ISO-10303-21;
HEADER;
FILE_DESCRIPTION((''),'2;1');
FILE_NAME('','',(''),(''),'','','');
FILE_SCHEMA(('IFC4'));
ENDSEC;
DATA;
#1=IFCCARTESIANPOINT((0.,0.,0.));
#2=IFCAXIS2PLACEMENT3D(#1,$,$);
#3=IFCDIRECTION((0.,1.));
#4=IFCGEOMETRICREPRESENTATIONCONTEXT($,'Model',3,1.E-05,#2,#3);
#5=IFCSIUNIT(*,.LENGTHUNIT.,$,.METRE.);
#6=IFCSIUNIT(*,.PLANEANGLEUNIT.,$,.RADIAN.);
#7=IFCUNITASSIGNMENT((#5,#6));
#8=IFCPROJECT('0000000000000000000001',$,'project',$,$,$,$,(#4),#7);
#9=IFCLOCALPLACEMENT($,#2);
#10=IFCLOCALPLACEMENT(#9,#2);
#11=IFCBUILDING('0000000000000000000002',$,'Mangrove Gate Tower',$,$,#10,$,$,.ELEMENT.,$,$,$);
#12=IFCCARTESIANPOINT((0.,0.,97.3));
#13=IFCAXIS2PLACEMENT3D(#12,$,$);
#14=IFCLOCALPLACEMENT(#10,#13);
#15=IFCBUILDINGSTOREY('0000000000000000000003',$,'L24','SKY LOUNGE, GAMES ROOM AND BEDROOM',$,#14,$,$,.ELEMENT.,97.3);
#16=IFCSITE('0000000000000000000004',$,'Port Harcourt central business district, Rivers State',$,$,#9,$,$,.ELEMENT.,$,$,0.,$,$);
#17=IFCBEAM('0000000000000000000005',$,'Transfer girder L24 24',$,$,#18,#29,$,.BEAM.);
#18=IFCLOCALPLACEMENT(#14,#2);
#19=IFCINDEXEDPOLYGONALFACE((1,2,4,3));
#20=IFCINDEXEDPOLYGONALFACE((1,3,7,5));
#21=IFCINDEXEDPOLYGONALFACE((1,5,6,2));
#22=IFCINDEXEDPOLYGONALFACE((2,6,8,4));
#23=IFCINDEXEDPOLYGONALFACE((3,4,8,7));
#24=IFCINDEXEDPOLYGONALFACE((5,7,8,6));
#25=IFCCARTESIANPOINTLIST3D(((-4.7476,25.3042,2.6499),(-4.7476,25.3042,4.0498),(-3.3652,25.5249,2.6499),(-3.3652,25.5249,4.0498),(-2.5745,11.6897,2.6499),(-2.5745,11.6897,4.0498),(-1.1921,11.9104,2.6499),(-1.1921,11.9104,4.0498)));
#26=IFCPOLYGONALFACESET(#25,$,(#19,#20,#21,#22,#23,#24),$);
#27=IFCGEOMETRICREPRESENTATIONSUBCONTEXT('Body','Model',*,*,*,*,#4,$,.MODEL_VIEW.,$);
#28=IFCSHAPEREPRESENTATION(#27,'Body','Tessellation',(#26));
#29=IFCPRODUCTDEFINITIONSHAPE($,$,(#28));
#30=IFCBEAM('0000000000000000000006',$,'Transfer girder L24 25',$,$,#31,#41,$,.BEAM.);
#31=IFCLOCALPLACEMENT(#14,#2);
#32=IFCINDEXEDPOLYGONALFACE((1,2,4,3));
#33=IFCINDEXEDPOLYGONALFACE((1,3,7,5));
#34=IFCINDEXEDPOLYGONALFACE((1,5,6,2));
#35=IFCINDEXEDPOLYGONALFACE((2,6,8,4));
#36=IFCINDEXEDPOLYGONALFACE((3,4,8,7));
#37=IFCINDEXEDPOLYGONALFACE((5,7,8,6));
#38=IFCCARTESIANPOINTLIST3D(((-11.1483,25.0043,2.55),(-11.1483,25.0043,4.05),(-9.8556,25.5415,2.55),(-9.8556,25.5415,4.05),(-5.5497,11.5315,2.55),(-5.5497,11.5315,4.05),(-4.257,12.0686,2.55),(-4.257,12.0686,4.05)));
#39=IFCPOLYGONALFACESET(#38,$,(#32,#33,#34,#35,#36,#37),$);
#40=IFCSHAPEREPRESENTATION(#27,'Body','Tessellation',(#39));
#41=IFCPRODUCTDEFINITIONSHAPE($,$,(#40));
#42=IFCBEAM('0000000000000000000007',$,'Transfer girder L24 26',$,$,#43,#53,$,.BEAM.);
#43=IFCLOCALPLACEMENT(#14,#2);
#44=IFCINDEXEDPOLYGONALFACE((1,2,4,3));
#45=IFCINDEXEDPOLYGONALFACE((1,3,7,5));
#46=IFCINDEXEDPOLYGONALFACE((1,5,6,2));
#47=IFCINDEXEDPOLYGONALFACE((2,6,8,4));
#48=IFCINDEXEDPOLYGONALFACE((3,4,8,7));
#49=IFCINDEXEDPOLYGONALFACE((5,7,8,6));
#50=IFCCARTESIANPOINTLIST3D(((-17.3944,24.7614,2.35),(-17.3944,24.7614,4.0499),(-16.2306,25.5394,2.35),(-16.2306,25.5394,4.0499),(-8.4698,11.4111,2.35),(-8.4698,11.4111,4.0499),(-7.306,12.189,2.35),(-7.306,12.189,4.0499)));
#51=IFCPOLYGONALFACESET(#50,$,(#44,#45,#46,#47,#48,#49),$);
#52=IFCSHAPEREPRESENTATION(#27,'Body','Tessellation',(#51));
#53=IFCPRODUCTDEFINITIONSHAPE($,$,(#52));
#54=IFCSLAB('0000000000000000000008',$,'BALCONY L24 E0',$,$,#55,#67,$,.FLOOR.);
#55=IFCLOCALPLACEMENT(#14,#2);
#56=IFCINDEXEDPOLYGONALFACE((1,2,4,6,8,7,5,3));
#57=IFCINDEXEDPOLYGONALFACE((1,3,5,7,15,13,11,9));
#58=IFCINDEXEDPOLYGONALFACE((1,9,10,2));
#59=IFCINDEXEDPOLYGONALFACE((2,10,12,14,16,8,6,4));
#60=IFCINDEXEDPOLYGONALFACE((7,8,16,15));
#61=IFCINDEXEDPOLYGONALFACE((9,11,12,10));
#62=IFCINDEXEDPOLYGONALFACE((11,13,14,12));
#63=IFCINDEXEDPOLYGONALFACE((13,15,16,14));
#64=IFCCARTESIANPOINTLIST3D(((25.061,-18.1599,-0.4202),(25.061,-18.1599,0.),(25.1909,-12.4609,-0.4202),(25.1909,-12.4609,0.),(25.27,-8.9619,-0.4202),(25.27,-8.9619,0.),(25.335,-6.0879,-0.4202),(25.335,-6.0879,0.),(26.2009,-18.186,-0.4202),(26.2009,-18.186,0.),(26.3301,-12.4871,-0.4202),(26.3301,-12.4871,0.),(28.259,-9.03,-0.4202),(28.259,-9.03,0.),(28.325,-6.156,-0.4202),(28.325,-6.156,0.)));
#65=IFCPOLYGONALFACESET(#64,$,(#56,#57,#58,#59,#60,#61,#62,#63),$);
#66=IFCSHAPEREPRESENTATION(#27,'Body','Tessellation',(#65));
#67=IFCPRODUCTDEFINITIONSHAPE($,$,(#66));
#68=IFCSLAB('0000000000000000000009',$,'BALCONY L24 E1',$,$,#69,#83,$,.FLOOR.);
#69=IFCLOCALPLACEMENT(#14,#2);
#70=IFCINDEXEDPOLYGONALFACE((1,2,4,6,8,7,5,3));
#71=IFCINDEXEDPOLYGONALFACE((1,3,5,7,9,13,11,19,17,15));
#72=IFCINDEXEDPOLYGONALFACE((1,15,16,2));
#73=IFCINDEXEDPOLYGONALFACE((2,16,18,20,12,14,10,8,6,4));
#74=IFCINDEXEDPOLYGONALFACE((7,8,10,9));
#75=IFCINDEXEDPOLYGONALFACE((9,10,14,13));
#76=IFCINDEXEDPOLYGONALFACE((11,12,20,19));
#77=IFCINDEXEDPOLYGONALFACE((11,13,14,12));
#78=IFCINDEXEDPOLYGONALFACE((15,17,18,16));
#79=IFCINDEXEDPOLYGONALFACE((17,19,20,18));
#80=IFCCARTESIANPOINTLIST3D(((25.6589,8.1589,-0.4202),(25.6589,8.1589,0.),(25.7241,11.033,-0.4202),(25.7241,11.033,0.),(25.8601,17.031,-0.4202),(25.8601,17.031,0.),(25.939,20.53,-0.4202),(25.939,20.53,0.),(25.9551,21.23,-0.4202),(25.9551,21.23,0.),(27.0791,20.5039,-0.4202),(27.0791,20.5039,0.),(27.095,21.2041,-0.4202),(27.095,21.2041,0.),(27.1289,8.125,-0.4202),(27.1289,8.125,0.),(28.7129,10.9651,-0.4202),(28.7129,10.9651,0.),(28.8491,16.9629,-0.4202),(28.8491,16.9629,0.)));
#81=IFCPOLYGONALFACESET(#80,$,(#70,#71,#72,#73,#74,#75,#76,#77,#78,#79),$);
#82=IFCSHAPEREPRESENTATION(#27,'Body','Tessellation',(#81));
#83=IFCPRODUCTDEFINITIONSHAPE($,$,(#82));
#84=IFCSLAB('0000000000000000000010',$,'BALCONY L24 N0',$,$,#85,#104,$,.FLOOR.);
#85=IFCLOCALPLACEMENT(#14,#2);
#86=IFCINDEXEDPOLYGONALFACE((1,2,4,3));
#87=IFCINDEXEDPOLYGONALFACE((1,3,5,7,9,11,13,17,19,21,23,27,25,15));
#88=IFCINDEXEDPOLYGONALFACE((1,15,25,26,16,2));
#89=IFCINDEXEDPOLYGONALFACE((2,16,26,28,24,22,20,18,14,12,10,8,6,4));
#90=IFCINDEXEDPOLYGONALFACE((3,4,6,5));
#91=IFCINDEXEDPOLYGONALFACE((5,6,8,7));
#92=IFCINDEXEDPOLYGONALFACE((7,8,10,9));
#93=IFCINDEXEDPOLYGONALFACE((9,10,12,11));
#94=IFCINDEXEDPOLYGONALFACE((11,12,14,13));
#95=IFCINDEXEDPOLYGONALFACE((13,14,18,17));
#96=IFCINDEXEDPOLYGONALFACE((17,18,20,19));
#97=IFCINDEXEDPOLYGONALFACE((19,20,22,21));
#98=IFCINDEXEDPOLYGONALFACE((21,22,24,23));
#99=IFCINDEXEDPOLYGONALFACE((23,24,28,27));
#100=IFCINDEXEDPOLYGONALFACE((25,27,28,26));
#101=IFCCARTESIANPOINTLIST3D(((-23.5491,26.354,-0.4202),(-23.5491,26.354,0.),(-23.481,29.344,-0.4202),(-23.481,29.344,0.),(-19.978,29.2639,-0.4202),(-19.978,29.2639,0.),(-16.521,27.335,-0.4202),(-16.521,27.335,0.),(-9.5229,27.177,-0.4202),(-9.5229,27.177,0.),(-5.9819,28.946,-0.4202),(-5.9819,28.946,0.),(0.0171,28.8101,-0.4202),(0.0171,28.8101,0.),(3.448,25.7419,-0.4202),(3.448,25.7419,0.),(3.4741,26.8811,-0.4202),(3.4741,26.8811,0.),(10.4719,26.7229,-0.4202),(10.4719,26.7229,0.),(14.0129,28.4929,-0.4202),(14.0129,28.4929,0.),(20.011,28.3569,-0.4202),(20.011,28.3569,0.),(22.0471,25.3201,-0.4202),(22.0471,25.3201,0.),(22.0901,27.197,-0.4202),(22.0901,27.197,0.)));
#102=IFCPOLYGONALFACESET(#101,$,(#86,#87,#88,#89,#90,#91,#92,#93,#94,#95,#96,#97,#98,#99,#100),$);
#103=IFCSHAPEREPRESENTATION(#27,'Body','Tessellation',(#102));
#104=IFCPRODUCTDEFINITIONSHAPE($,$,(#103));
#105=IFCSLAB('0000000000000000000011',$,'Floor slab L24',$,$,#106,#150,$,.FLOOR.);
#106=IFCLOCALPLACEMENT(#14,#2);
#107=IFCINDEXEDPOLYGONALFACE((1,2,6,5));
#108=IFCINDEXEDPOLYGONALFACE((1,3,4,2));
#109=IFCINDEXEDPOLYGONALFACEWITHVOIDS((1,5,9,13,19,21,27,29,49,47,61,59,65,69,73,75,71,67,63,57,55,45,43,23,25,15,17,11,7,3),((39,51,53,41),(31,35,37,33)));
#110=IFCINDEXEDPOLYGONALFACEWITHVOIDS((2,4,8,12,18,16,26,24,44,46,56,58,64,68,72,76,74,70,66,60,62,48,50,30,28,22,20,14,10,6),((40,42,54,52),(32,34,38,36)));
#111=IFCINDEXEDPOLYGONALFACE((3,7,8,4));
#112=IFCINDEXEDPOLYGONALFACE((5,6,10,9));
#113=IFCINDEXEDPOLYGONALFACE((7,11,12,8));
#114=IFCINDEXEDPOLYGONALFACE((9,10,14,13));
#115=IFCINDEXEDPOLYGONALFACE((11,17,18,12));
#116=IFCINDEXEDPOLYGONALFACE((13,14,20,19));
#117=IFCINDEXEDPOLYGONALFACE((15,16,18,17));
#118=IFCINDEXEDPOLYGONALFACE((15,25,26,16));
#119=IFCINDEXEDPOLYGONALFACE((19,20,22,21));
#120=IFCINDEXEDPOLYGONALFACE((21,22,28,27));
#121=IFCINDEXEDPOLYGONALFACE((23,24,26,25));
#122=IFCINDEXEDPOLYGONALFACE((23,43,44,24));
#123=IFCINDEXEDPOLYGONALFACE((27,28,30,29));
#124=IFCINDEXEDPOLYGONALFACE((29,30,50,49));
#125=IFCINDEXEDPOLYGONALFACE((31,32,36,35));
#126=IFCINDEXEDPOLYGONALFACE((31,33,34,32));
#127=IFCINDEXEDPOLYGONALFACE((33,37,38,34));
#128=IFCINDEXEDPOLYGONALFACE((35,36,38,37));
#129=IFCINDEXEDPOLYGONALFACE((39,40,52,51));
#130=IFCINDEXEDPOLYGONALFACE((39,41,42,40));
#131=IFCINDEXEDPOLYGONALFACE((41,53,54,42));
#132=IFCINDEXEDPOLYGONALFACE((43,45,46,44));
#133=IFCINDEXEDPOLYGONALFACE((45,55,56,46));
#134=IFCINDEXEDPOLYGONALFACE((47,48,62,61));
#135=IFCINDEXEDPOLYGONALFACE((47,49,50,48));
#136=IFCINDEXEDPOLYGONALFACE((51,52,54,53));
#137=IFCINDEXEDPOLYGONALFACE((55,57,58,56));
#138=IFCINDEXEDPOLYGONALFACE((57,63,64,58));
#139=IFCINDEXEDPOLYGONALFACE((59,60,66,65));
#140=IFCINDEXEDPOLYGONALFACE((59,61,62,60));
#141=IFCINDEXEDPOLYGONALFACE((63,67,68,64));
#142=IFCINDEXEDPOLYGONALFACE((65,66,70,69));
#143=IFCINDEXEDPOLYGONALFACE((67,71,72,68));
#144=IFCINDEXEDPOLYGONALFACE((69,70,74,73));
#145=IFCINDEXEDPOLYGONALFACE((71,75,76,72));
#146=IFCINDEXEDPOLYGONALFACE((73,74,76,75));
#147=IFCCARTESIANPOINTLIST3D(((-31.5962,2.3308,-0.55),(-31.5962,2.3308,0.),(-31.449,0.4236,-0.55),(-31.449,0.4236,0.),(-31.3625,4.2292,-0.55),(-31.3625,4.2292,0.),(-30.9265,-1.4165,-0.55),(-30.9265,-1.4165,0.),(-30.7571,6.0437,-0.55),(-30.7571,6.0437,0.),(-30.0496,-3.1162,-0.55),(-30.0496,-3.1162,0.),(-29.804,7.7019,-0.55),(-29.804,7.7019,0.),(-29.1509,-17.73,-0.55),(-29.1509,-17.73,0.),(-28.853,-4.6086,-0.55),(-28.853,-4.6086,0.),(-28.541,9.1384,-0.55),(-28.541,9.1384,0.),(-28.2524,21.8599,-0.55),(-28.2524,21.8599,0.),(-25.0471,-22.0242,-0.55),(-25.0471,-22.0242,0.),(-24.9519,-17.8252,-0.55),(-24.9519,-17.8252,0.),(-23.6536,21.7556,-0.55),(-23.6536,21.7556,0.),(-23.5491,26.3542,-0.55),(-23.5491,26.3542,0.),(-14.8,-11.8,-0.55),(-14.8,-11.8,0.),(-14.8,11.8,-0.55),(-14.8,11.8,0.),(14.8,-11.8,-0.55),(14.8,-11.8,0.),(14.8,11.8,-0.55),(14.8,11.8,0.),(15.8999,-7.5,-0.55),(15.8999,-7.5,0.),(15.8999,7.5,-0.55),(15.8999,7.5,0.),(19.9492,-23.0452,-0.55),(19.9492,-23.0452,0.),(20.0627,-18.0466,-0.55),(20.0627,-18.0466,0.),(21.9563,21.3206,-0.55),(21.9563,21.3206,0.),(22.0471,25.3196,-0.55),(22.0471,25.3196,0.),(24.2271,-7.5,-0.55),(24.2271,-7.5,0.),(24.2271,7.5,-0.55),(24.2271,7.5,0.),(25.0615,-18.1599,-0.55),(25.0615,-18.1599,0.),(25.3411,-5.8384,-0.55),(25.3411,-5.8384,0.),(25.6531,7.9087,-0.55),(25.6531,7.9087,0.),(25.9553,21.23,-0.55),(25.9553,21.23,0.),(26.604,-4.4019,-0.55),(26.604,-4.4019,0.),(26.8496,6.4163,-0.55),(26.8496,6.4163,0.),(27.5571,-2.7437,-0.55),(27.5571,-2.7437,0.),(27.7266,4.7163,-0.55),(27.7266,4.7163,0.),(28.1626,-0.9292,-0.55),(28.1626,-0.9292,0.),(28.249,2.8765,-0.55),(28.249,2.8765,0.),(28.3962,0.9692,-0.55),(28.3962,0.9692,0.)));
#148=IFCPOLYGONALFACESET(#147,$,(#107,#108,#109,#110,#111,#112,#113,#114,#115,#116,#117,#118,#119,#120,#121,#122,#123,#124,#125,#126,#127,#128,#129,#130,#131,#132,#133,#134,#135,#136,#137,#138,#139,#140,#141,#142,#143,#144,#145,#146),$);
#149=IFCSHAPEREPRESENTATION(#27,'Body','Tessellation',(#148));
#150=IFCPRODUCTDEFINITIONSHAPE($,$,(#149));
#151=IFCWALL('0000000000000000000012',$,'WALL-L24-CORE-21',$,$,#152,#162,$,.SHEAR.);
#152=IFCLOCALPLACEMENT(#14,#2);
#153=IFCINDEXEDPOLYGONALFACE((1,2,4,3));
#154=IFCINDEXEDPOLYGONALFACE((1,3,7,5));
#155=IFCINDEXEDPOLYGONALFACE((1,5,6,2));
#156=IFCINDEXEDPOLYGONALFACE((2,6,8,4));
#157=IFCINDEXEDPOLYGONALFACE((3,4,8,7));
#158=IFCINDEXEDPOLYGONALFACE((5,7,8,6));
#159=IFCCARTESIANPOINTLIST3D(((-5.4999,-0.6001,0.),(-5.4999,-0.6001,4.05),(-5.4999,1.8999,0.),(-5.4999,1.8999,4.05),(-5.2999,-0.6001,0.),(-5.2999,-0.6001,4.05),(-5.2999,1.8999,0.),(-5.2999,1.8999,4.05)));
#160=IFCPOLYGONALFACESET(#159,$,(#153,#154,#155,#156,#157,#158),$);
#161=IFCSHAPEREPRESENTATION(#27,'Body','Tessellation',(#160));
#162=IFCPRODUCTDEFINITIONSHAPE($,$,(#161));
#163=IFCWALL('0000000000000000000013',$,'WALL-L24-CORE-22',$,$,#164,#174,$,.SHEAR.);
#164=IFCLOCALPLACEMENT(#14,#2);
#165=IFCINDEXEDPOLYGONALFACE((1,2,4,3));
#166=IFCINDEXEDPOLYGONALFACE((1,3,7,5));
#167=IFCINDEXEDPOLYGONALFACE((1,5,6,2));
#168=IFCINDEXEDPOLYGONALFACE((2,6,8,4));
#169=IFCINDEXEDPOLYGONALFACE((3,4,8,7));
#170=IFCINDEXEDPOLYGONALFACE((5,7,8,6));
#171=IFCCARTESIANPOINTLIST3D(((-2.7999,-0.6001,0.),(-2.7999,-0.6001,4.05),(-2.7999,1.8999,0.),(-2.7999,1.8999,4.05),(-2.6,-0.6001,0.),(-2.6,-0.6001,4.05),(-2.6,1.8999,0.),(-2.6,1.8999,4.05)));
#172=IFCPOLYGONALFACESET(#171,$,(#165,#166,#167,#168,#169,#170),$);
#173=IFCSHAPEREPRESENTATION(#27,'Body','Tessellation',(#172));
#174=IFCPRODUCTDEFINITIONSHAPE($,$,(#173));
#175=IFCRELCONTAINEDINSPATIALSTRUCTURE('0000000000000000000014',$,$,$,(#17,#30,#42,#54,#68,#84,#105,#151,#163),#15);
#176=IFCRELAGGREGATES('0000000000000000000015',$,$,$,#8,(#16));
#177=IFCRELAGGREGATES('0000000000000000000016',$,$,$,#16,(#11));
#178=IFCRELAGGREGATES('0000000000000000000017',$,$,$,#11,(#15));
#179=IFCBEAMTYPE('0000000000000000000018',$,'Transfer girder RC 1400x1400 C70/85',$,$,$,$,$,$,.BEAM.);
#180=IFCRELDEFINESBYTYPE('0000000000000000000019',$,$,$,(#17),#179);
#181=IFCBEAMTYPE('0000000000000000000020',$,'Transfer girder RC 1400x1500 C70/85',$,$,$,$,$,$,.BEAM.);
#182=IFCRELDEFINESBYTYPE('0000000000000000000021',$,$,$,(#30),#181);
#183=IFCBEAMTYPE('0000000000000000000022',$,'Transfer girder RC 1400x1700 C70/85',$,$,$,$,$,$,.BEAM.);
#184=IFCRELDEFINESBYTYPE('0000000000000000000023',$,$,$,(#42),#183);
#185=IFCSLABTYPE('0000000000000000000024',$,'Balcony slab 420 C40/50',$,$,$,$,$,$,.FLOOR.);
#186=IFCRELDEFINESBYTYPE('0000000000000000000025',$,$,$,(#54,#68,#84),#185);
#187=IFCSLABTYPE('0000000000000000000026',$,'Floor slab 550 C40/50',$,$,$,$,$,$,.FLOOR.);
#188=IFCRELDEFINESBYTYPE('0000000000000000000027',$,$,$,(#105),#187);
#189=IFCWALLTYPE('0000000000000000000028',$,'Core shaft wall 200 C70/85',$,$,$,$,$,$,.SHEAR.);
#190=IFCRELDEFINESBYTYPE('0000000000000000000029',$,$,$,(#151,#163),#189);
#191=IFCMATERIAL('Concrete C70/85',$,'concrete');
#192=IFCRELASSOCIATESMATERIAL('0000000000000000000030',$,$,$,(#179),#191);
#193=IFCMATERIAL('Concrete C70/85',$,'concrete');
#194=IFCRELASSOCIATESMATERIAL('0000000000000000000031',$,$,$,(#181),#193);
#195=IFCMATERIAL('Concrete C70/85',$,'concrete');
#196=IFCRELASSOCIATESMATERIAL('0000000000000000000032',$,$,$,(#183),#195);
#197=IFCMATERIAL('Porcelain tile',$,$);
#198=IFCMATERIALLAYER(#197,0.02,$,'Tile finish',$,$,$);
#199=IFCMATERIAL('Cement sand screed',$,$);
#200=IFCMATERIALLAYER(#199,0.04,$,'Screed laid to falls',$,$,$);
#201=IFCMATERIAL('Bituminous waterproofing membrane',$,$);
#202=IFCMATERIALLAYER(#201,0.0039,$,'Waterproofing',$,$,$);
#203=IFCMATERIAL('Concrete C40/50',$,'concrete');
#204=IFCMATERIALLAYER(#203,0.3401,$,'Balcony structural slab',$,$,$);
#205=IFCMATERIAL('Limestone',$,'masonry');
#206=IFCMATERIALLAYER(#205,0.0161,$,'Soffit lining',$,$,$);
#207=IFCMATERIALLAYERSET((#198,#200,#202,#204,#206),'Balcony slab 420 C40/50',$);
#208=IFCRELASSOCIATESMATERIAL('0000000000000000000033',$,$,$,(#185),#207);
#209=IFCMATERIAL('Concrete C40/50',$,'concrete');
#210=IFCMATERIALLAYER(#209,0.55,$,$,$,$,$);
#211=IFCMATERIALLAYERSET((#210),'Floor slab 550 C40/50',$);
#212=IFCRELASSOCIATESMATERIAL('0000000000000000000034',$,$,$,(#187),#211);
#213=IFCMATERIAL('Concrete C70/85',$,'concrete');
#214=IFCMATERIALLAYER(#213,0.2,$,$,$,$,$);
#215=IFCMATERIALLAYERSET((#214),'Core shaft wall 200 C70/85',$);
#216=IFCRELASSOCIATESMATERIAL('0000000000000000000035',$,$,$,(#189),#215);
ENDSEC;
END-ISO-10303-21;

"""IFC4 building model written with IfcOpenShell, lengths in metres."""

from ifc_helpers import new_model, si_unit, direction, frame, frame_2d, origin, origin_2d, place, context, subcontext, project, spatial, polyline, rectangle, outline, extrude, material, layer, layer_set, material_profile, profile_set, type_object, element, save


model = new_model("IFC4")

# Units and contexts
model_context = context("Model", 3, precision=1e-05, world=origin(), true_north=direction((0.0, 1.0)))
body_context = subcontext(model_context, "Body", "Model", "MODEL_VIEW")
ifc_project = project(units=[si_unit("LENGTHUNIT", "METRE"), si_unit("PLANEANGLEUNIT", "RADIAN")], contexts=[model_context])

# Site, building, storey
site_placement = place(None, origin())
site = spatial("IfcSite", under=ifc_project, at=site_placement, Name="Port Harcourt central business district, Rivers State", CompositionType="ELEMENT", RefElevation=0.0)
building_placement = place(site_placement, origin())
building = spatial("IfcBuilding", under=site, at=building_placement, Name="Mangrove Gate Tower", CompositionType="ELEMENT")
storey_placement = place(building_placement, frame((0.0, 0.0, 97.3)))
storey = spatial("IfcBuildingStorey", under=building, at=storey_placement, Name="L24", Description="SKY LOUNGE, GAMES ROOM AND BEDROOM", CompositionType="ELEMENT", Elevation=97.3)

# Beams
ifc_material_1 = material(Name="Concrete C70/85", Category="concrete")
ifc_material_profile_1 = material_profile(ifc_material_1, rectangle(XDim=1.3999, YDim=1.3999, at=origin_2d()))
ifc_profile_set_1 = profile_set([ifc_material_profile_1], Name="Concrete C70/85")
beam_type_1 = type_object("IfcBeamType", Name="Transfer girder RC 1400x1400 C70/85", PredefinedType="BEAM", material=ifc_profile_set_1)
beam_1_placement = place(storey_placement, frame((-1.8833, 11.8, 3.3499), z_axis=(-0.157621, 0.9875, 0.0), x_axis=(-0.9875, -0.157621, 0.0)))
element("IfcBeam", 1, at=beam_1_placement, inside=storey, type_object=beam_type_1, Name="Transfer girder L24 24", PredefinedType="BEAM", context=body_context, shape_type="SweptSolid", body=[
    extrude(rectangle(XDim=1.3999, YDim=1.3999, at=origin_2d()), origin(), (0.0, 0.0, 1.0), 13.7869),
])
ifc_material_2 = material(Name="Concrete C70/85", Category="concrete")
ifc_material_profile_2 = material_profile(ifc_material_2, rectangle(XDim=1.3999, YDim=1.5, at=origin_2d()))
ifc_profile_set_2 = profile_set([ifc_material_profile_2], Name="Concrete C70/85")
beam_type_2 = type_object("IfcBeamType", Name="Transfer girder RC 1400x1500 C70/85", PredefinedType="BEAM", material=ifc_profile_set_2)
beam_2_placement = place(storey_placement, frame((-4.9033, 11.8, 3.3), z_axis=(-0.383735, 0.923443, 0.0), x_axis=(-0.923443, -0.383735, 0.0)))
element("IfcBeam", 2, at=beam_2_placement, inside=storey, type_object=beam_type_2, Name="Transfer girder L24 25", PredefinedType="BEAM", context=body_context, shape_type="SweptSolid", body=[
    extrude(rectangle(XDim=1.3999, YDim=1.5, at=origin_2d()), origin(), (0.0, 0.0, 1.0), 14.5898),
])
ifc_material_3 = material(Name="Concrete C70/85", Category="concrete")
ifc_material_profile_3 = material_profile(ifc_material_3, rectangle(XDim=1.3999, YDim=1.7, at=origin_2d()))
ifc_profile_set_3 = profile_set([ifc_material_profile_3], Name="Concrete C70/85")
beam_type_3 = type_object("IfcBeamType", Name="Transfer girder RC 1400x1700 C70/85", PredefinedType="BEAM", material=ifc_profile_set_3)
beam_3_placement = place(storey_placement, frame((-7.8879, 11.8, 3.2), z_axis=(-0.555749, 0.83135, 0.0), x_axis=(-0.83135, -0.555749, 0.0)))
element("IfcBeam", 3, at=beam_3_placement, inside=storey, type_object=beam_type_3, Name="Transfer girder L24 26", PredefinedType="BEAM", context=body_context, shape_type="SweptSolid", body=[
    extrude(rectangle(XDim=1.3999, YDim=1.7, at=origin_2d()), origin(), (0.0, 0.0, 1.0), 16.0586),
])

# Slabs
ifc_material_4 = material(Name="Porcelain tile")
ifc_layer_1 = layer(ifc_material_4, 0.02, Name="Tile finish")
ifc_material_5 = material(Name="Cement sand screed")
ifc_layer_2 = layer(ifc_material_5, 0.04, Name="Screed laid to falls")
ifc_material_6 = material(Name="Bituminous waterproofing membrane")
ifc_layer_3 = layer(ifc_material_6, 0.0039, Name="Waterproofing")
ifc_material_7 = material(Name="Concrete C40/50", Category="concrete")
ifc_layer_4 = layer(ifc_material_7, 0.3401, Name="Balcony structural slab")
ifc_material_8 = material(Name="Limestone", Category="masonry")
ifc_layer_5 = layer(ifc_material_8, 0.0161, Name="Soffit lining")
ifc_layer_set_1 = layer_set([ifc_layer_1, ifc_layer_2, ifc_layer_3, ifc_layer_4, ifc_layer_5], Name="Balcony slab 420 C40/50")
slab_type_1 = type_object("IfcSlabType", Name="Balcony slab 420 C40/50", PredefinedType="FLOOR", material=ifc_layer_set_1)
slab_1_placement = place(storey_placement, frame((0.0, 0.0, -0.4202)))
element("IfcSlab", 4, at=slab_1_placement, inside=storey, type_object=slab_type_1, Name="BALCONY L24 E0", PredefinedType="FLOOR", context=body_context, shape_type="SweptSolid", body=[
    extrude(outline(polyline([(26.2009, -18.186), (26.3301, -12.4871), (28.259, -9.03), (28.325, -6.156), (25.335, -6.0879), (25.27, -8.9619), (25.1909, -12.4609), (25.061, -18.1599), (26.2009, -18.186)])), origin(), (0.0, 0.0, 1.0), 0.4202),
])
slab_2_placement = place(storey_placement, frame((0.0, 0.0, -0.4202)))
element("IfcSlab", 5, at=slab_2_placement, inside=storey, type_object=slab_type_1, Name="BALCONY L24 E1", PredefinedType="FLOOR", context=body_context, shape_type="SweptSolid", body=[
    extrude(outline(polyline([(27.1289, 8.125), (28.7129, 10.9651), (28.8491, 16.9629), (27.0791, 20.5039), (27.095, 21.2041), (25.9551, 21.23), (25.939, 20.53), (25.8601, 17.031), (25.7241, 11.033), (25.6589, 8.1589), (27.1289, 8.125)])), origin(), (0.0, 0.0, 1.0), 0.4202),
])
slab_3_placement = place(storey_placement, frame((0.0, 0.0, -0.4202)))
element("IfcSlab", 6, at=slab_3_placement, inside=storey, type_object=slab_type_1, Name="BALCONY L24 N0", PredefinedType="FLOOR", context=body_context, shape_type="SweptSolid", body=[
    extrude(outline(polyline([(22.0901, 27.197), (20.011, 28.3569), (14.0129, 28.4929), (10.4719, 26.7229), (3.4741, 26.8811), (0.0171, 28.8101), (-5.9819, 28.946), (-9.5229, 27.177), (-16.521, 27.335), (-19.978, 29.2639), (-23.481, 29.344), (-23.5491, 26.354), (3.448, 25.7419), (22.0471, 25.3201), (22.0901, 27.197)])), origin(), (0.0, 0.0, 1.0), 0.4202),
])
ifc_material_9 = material(Name="Concrete C40/50", Category="concrete")
ifc_layer_6 = layer(ifc_material_9, 0.55)
ifc_layer_set_2 = layer_set([ifc_layer_6], Name="Floor slab 550 C40/50")
slab_type_2 = type_object("IfcSlabType", Name="Floor slab 550 C40/50", PredefinedType="FLOOR", material=ifc_layer_set_2)
slab_4_placement = place(storey_placement, frame((0.0, 0.0, -0.55)))
element("IfcSlab", 7, at=slab_4_placement, inside=storey, type_object=slab_type_2, Name="Floor slab L24", PredefinedType="FLOOR", context=body_context, shape_type="SweptSolid", body=[
    extrude(outline(polyline([(-25.0471, -22.0242), (19.9492, -23.0452), (20.0627, -18.0466), (25.0615, -18.1599), (25.3411, -5.8384), (26.604, -4.4019), (27.5571, -2.7437), (28.1626, -0.9292), (28.3962, 0.9692), (28.249, 2.8765), (27.7266, 4.7163), (26.8496, 6.4163), (25.6531, 7.9087), (25.9553, 21.23), (21.9563, 21.3206), (22.0471, 25.3196), (-23.5491, 26.3542), (-23.6536, 21.7556), (-28.2524, 21.8599), (-28.541, 9.1384), (-29.804, 7.7019), (-30.7571, 6.0437), (-31.3625, 4.2292), (-31.5962, 2.3308), (-31.449, 0.4236), (-30.9265, -1.4165), (-30.0496, -3.1162), (-28.853, -4.6086), (-29.1509, -17.73), (-24.9519, -17.8252), (-25.0471, -22.0242)]), holes=[polyline([(15.8999, 7.5), (24.2271, 7.5), (24.2271, -7.5), (15.8999, -7.5), (15.8999, 7.5)]), polyline([(-14.8, -11.8), (-14.8, 11.8), (14.8, 11.8), (14.8, -11.8), (-14.8, -11.8)])]), origin(), (0.0, 0.0, 1.0), 0.55),
])

# Walls
ifc_material_10 = material(Name="Concrete C70/85", Category="concrete")
ifc_layer_7 = layer(ifc_material_10, 0.2)
ifc_layer_set_3 = layer_set([ifc_layer_7], Name="Core shaft wall 200 C70/85")
wall_type = type_object("IfcWallType", Name="Core shaft wall 200 C70/85", PredefinedType="SHEAR", material=ifc_layer_set_3)
for number, where, z_axis, x_axis, name in (
    (8, (-5.3999, -0.6001, 0.0), (0.0, 0.0, 1.0), (0.0, 1.0, 0.0), "WALL-L24-CORE-21"),
    (9, (-2.7, -0.6001, 0.0), (0.0, 0.0, 1.0), (0.0, 1.0, 0.0), "WALL-L24-CORE-22"),
):
    element("IfcWall", number, at=place(storey_placement, frame(where, z_axis=z_axis, x_axis=x_axis)), inside=storey, type_object=wall_type, Name=name, PredefinedType="SHEAR", context=body_context, shape_type="SweptSolid", body=[
        extrude(rectangle(XDim=2.5, YDim=0.2, at=frame_2d((1.25, 0.0))), origin(), (0.0, 0.0, 1.0), 4.05),
    ])

save(model, "model.ifc")
